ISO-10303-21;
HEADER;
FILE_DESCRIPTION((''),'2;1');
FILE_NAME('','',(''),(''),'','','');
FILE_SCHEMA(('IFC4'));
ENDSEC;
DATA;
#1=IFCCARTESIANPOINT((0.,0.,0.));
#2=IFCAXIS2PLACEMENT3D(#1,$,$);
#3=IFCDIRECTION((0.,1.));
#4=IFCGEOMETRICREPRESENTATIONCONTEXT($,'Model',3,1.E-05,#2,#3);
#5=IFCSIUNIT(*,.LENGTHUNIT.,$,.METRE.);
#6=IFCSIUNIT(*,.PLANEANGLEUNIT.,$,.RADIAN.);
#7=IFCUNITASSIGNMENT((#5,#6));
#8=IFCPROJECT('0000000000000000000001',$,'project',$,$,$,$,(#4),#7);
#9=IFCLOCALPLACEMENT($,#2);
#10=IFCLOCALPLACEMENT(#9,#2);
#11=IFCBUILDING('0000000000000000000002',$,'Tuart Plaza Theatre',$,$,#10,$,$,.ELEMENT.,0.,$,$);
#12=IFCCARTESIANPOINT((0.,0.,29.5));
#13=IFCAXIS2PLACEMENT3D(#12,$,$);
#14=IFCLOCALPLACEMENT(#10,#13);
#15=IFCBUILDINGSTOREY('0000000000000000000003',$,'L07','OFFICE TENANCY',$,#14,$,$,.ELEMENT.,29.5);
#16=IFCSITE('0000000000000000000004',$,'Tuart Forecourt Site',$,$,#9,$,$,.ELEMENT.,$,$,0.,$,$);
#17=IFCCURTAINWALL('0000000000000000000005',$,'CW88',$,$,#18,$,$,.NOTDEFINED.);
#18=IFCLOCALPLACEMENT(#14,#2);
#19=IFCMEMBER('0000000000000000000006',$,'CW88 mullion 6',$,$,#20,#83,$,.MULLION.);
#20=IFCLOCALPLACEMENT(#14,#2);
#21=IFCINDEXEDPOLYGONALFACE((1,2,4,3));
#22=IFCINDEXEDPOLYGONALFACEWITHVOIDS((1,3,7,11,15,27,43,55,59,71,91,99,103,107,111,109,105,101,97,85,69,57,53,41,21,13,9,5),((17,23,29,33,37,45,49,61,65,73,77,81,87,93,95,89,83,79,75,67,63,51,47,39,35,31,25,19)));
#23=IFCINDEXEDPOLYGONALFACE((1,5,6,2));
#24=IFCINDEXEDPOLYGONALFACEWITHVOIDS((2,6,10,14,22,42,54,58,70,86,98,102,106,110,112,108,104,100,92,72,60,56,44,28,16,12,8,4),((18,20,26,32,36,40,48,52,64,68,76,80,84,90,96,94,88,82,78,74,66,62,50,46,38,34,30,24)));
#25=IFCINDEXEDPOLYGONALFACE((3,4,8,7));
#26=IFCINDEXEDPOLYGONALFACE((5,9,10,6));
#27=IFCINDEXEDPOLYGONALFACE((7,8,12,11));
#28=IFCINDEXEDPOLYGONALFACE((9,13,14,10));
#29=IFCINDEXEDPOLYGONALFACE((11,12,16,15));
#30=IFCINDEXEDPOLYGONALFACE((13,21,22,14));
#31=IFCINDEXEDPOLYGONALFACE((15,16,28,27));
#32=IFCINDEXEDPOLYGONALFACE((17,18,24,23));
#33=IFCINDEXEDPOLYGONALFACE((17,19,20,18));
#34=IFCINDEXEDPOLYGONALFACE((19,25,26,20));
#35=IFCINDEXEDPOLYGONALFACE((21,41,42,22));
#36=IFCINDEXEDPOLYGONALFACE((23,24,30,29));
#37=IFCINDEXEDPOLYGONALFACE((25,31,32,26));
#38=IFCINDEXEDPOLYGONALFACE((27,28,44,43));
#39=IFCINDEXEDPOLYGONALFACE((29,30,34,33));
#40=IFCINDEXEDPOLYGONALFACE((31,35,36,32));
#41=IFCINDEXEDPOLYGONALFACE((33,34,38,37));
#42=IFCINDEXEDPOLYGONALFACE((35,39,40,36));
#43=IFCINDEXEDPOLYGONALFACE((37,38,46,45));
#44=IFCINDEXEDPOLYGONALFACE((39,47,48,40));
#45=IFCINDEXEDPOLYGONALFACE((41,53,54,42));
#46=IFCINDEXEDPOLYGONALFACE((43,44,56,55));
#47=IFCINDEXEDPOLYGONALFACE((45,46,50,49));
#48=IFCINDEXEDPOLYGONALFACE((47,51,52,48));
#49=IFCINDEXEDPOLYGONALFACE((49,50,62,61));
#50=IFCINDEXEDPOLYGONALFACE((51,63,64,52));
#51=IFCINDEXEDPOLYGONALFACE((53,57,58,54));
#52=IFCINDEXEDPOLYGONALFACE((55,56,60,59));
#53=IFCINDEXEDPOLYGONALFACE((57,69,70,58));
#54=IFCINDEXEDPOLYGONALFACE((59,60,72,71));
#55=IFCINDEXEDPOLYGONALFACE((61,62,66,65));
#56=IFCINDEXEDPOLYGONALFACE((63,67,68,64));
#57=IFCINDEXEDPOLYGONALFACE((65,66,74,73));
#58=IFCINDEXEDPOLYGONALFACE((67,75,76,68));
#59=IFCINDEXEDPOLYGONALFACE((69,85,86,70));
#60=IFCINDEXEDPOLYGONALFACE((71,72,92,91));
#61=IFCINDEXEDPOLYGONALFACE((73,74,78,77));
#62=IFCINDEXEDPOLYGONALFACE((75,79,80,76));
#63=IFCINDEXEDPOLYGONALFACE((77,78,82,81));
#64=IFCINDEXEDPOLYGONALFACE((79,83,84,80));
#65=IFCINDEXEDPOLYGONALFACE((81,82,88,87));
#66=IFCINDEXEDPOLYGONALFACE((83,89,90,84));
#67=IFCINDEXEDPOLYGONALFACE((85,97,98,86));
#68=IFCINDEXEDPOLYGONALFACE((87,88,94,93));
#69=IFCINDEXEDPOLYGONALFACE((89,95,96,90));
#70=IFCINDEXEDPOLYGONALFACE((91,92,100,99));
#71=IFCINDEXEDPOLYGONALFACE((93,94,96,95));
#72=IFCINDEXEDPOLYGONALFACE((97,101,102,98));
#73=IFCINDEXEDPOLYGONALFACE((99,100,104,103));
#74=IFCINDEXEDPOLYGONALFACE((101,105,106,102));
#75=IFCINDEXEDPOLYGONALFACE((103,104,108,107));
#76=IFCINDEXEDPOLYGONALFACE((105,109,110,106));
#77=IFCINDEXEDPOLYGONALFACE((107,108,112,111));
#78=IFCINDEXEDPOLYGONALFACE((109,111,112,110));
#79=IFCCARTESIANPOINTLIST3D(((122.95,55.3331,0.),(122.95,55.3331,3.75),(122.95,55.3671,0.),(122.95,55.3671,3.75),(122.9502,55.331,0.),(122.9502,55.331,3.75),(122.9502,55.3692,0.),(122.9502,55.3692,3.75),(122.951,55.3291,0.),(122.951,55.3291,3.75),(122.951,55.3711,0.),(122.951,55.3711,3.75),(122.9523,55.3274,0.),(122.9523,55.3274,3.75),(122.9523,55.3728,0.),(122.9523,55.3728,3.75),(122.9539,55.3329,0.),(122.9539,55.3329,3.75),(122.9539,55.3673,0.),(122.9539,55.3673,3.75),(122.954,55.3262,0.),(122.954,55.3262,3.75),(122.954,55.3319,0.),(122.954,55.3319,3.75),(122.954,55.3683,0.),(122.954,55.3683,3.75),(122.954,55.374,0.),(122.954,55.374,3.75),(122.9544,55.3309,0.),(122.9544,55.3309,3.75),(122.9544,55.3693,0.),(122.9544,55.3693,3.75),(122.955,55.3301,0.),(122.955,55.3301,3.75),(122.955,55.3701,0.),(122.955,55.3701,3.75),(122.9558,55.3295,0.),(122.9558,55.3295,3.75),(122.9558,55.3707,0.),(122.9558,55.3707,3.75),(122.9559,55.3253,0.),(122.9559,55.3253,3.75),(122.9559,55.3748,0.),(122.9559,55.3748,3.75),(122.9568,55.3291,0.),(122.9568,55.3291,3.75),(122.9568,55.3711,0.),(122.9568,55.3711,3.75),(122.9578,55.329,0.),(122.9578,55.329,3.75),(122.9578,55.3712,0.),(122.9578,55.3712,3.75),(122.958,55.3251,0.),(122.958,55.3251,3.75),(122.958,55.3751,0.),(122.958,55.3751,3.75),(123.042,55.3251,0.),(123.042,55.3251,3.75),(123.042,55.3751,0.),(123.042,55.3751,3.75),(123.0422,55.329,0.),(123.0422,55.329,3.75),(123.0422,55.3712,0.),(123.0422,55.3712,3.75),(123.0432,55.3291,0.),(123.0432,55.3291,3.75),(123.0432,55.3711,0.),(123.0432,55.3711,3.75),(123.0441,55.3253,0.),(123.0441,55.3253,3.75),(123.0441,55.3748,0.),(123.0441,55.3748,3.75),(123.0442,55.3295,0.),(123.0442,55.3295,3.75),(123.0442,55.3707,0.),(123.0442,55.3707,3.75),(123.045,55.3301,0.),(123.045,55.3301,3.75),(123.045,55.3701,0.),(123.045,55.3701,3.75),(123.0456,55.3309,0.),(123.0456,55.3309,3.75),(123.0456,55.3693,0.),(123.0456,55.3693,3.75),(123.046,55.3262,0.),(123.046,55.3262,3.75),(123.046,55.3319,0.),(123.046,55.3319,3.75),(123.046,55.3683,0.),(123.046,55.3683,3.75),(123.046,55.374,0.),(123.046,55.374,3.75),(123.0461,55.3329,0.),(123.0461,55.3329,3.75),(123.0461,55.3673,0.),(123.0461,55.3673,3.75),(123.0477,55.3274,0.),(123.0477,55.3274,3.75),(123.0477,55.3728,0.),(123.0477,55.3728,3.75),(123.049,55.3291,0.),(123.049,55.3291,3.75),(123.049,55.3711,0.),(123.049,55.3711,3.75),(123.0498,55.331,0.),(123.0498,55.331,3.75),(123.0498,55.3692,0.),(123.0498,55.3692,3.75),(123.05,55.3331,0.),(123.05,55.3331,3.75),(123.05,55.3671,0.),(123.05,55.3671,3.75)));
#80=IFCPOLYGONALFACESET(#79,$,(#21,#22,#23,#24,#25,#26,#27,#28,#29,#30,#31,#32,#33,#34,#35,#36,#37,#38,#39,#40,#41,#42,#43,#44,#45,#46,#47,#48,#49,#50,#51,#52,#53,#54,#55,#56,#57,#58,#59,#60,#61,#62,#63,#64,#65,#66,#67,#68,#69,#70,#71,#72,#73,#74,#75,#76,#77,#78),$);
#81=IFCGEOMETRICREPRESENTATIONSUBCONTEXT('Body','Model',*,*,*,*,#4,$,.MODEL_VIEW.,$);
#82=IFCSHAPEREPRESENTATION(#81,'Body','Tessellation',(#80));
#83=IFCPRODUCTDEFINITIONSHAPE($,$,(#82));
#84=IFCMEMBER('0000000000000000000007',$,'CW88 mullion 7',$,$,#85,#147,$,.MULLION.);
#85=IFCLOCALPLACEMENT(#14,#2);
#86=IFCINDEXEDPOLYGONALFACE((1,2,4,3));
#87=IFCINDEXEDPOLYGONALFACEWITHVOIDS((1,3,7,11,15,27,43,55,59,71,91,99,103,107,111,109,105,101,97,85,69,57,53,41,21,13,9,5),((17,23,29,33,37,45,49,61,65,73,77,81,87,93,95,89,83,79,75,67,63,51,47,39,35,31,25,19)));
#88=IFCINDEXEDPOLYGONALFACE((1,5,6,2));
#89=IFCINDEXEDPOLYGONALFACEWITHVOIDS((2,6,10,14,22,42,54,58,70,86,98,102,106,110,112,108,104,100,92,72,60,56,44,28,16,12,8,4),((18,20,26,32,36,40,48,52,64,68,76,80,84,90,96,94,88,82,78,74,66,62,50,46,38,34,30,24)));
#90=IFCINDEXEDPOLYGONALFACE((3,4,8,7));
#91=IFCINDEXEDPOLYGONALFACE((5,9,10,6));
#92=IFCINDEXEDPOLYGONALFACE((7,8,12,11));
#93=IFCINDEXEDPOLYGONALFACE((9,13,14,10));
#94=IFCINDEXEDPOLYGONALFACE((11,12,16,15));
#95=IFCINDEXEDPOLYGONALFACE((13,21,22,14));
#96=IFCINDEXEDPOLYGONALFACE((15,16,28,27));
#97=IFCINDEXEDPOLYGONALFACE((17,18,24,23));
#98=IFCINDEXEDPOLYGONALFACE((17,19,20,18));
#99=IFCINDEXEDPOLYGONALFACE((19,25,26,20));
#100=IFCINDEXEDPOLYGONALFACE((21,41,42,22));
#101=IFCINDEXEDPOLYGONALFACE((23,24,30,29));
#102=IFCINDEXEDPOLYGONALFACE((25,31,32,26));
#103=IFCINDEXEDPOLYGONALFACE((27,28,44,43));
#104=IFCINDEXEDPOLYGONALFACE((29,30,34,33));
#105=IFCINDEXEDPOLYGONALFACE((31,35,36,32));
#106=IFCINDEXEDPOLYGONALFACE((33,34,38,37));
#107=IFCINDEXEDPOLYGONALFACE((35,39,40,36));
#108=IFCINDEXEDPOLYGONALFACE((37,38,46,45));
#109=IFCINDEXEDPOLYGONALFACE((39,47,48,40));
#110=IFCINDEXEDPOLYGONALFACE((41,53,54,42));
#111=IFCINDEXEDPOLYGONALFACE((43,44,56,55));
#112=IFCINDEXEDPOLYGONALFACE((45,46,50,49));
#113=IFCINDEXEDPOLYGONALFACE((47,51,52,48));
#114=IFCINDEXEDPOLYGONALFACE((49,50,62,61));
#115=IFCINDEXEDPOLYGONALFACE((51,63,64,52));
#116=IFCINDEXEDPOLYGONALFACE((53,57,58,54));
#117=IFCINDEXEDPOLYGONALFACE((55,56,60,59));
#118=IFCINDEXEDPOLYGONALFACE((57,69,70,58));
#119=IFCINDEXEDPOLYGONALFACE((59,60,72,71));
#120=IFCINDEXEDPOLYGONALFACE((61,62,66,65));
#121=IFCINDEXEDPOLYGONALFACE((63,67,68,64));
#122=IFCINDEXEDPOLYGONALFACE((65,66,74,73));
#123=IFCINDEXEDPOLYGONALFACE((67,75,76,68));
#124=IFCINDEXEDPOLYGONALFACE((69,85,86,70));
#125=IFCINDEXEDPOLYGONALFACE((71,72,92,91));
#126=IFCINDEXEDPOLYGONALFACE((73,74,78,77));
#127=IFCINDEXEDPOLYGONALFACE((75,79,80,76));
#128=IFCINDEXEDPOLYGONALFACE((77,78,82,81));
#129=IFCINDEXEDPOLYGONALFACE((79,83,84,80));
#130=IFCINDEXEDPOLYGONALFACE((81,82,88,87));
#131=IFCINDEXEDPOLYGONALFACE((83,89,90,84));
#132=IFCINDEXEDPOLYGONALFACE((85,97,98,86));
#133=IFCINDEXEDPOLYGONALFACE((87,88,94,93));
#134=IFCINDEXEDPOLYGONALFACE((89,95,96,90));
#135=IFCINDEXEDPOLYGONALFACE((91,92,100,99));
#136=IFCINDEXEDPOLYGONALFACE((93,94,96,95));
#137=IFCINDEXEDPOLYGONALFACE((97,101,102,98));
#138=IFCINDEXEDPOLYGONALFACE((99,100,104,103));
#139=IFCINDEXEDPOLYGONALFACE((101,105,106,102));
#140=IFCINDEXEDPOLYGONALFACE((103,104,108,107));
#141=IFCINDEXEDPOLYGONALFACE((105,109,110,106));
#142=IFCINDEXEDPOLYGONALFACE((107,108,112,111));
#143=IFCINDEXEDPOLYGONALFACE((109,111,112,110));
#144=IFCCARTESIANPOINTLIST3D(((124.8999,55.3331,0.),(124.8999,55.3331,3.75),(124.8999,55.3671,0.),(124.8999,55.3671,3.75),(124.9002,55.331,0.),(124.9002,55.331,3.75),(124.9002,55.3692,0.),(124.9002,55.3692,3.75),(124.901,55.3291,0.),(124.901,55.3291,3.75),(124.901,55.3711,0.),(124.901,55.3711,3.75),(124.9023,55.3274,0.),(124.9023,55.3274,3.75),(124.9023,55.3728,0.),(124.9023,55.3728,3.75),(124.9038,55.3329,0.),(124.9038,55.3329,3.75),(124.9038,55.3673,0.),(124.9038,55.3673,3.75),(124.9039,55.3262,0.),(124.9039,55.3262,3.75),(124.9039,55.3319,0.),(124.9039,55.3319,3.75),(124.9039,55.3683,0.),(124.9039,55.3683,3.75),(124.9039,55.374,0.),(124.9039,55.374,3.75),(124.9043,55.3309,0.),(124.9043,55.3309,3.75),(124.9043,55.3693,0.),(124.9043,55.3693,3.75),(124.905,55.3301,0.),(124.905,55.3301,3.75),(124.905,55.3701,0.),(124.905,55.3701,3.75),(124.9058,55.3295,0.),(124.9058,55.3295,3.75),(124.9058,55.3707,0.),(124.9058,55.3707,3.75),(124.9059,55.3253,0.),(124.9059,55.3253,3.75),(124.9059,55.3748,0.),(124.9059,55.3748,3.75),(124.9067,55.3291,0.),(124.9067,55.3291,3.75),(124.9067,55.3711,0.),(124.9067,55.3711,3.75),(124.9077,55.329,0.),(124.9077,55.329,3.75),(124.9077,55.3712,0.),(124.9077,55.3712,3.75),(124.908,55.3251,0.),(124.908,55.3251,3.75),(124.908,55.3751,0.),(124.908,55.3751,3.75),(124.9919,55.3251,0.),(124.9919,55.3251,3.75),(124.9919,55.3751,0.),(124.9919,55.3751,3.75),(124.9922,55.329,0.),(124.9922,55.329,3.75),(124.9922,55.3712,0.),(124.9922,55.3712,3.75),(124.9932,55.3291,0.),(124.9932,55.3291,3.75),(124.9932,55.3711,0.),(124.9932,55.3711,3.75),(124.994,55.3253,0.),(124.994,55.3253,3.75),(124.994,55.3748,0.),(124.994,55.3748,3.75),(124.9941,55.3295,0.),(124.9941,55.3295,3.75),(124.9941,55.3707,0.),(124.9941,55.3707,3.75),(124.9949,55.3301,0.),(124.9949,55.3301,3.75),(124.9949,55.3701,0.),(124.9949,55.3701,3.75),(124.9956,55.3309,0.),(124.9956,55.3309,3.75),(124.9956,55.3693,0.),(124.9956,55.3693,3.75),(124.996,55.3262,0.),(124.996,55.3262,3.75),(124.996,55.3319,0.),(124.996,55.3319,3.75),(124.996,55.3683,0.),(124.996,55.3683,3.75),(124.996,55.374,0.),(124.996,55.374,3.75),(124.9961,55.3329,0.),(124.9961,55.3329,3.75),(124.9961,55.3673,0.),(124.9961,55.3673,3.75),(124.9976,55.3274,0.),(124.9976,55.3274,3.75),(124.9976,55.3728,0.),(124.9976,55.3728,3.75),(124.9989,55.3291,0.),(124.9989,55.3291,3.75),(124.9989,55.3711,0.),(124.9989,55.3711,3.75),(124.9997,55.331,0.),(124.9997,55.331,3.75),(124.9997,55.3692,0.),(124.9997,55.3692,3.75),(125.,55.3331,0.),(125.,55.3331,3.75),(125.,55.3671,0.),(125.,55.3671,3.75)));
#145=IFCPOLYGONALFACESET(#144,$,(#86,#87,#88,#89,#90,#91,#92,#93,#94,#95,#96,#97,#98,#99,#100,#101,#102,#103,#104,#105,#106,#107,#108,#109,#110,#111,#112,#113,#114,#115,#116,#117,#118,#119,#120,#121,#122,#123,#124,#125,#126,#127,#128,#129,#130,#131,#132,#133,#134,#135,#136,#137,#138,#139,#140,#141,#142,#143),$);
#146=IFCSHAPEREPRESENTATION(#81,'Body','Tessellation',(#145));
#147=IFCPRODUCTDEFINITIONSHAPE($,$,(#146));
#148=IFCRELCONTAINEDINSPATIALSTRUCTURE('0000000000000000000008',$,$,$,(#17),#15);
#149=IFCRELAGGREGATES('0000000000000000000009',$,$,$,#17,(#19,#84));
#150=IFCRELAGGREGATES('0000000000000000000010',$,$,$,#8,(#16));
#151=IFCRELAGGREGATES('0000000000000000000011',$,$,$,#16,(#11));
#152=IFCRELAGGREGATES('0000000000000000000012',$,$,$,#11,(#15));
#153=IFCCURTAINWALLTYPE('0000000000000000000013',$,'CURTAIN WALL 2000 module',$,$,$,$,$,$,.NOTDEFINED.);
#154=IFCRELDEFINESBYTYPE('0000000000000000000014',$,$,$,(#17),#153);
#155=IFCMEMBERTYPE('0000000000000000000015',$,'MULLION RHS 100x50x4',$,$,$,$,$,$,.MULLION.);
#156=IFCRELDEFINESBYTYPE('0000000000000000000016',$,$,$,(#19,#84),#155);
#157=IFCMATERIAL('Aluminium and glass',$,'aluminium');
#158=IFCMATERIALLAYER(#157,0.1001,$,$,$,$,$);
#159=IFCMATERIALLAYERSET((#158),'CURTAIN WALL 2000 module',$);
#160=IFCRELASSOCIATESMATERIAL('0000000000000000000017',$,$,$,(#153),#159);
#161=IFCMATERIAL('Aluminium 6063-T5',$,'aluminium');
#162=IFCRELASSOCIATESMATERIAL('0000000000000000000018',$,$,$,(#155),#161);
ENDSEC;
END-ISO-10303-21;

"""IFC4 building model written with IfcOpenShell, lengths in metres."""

from ifc_helpers import new_model, si_unit, direction, frame, origin, origin_2d, place, context, subcontext, project, spatial, hollow_rectangle, extrude, material, layer, layer_set, material_profile, profile_set, type_object, element, aggregate, save


model = new_model("IFC4")

# Units and contexts
model_context = context("Model", 3, precision=1e-05, world=origin(), true_north=direction((0.0, 1.0)))
body_context = subcontext(model_context, "Body", "Model", "MODEL_VIEW")
ifc_project = project(units=[si_unit("LENGTHUNIT", "METRE"), si_unit("PLANEANGLEUNIT", "RADIAN")], contexts=[model_context])

# Site, building, storey
site_placement = place(None, origin())
site = spatial("IfcSite", under=ifc_project, at=site_placement, Name="Tuart Forecourt Site", CompositionType="ELEMENT", RefElevation=0.0)
building_placement = place(site_placement, origin())
building = spatial("IfcBuilding", under=site, at=building_placement, Name="Tuart Plaza Theatre", CompositionType="ELEMENT", ElevationOfRefHeight=0.0)
storey_placement = place(building_placement, frame((0.0, 0.0, 29.5)))
storey = spatial("IfcBuildingStorey", under=building, at=storey_placement, Name="L07", Description="OFFICE TENANCY", CompositionType="ELEMENT", Elevation=29.5)

# Curtain wall, members
ifc_material_1 = material(Name="Aluminium and glass", Category="aluminium")
ifc_layer_1 = layer(ifc_material_1, 0.1001)
ifc_layer_set_1 = layer_set([ifc_layer_1], Name="CURTAIN WALL 2000 module")
curtain_wall_type = type_object("IfcCurtainWallType", Name="CURTAIN WALL 2000 module", PredefinedType="NOTDEFINED", material=ifc_layer_set_1)
curtain_wall_placement = place(storey_placement, origin())
curtain_wall = element("IfcCurtainWall", 1, at=curtain_wall_placement, inside=storey, type_object=curtain_wall_type, Name="CW88", PredefinedType="NOTDEFINED")
ifc_material_2 = material(Name="Aluminium 6063-T5", Category="aluminium")
ifc_material_profile_1 = material_profile(ifc_material_2, hollow_rectangle(XDim=0.05, YDim=0.1001, WallThickness=0.0039, InnerFilletRadius=0.0039, OuterFilletRadius=0.0081, at=origin_2d()), Name="RHS 100x50x4")
ifc_profile_set_1 = profile_set([ifc_material_profile_1], Name="Aluminium 6063-T5")
member_type_1 = type_object("IfcMemberType", Name="MULLION RHS 100x50x4", PredefinedType="MULLION", material=ifc_profile_set_1)
member_1_placement = place(storey_placement, frame((123.0, 55.3501, 0.0), z_axis=(0.0, 0.0, 1.0), x_axis=(0.0, 1.0, 0.0)))
member_1 = element("IfcMember", 2, at=member_1_placement, type_object=member_type_1, Name="CW88 mullion 6", PredefinedType="MULLION", context=body_context, shape_type="SweptSolid", body=[
    extrude(hollow_rectangle(XDim=0.05, YDim=0.1001, WallThickness=0.0039, InnerFilletRadius=0.0039, OuterFilletRadius=0.0081, at=origin_2d()), origin(), (0.0, 0.0, 1.0), 3.75),
])
member_2_placement = place(storey_placement, frame((124.95, 55.3501, 0.0), z_axis=(0.0, 0.0, 1.0), x_axis=(0.0, 1.0, 0.0)))
member_2 = element("IfcMember", 3, at=member_2_placement, type_object=member_type_1, Name="CW88 mullion 7", PredefinedType="MULLION", context=body_context, shape_type="SweptSolid", body=[
    extrude(hollow_rectangle(XDim=0.05, YDim=0.1001, WallThickness=0.0039, InnerFilletRadius=0.0039, OuterFilletRadius=0.0081, at=origin_2d()), origin(), (0.0, 0.0, 1.0), 3.75),
])
aggregate(curtain_wall, [member_1, member_2])

save(model, "model.ifc")
